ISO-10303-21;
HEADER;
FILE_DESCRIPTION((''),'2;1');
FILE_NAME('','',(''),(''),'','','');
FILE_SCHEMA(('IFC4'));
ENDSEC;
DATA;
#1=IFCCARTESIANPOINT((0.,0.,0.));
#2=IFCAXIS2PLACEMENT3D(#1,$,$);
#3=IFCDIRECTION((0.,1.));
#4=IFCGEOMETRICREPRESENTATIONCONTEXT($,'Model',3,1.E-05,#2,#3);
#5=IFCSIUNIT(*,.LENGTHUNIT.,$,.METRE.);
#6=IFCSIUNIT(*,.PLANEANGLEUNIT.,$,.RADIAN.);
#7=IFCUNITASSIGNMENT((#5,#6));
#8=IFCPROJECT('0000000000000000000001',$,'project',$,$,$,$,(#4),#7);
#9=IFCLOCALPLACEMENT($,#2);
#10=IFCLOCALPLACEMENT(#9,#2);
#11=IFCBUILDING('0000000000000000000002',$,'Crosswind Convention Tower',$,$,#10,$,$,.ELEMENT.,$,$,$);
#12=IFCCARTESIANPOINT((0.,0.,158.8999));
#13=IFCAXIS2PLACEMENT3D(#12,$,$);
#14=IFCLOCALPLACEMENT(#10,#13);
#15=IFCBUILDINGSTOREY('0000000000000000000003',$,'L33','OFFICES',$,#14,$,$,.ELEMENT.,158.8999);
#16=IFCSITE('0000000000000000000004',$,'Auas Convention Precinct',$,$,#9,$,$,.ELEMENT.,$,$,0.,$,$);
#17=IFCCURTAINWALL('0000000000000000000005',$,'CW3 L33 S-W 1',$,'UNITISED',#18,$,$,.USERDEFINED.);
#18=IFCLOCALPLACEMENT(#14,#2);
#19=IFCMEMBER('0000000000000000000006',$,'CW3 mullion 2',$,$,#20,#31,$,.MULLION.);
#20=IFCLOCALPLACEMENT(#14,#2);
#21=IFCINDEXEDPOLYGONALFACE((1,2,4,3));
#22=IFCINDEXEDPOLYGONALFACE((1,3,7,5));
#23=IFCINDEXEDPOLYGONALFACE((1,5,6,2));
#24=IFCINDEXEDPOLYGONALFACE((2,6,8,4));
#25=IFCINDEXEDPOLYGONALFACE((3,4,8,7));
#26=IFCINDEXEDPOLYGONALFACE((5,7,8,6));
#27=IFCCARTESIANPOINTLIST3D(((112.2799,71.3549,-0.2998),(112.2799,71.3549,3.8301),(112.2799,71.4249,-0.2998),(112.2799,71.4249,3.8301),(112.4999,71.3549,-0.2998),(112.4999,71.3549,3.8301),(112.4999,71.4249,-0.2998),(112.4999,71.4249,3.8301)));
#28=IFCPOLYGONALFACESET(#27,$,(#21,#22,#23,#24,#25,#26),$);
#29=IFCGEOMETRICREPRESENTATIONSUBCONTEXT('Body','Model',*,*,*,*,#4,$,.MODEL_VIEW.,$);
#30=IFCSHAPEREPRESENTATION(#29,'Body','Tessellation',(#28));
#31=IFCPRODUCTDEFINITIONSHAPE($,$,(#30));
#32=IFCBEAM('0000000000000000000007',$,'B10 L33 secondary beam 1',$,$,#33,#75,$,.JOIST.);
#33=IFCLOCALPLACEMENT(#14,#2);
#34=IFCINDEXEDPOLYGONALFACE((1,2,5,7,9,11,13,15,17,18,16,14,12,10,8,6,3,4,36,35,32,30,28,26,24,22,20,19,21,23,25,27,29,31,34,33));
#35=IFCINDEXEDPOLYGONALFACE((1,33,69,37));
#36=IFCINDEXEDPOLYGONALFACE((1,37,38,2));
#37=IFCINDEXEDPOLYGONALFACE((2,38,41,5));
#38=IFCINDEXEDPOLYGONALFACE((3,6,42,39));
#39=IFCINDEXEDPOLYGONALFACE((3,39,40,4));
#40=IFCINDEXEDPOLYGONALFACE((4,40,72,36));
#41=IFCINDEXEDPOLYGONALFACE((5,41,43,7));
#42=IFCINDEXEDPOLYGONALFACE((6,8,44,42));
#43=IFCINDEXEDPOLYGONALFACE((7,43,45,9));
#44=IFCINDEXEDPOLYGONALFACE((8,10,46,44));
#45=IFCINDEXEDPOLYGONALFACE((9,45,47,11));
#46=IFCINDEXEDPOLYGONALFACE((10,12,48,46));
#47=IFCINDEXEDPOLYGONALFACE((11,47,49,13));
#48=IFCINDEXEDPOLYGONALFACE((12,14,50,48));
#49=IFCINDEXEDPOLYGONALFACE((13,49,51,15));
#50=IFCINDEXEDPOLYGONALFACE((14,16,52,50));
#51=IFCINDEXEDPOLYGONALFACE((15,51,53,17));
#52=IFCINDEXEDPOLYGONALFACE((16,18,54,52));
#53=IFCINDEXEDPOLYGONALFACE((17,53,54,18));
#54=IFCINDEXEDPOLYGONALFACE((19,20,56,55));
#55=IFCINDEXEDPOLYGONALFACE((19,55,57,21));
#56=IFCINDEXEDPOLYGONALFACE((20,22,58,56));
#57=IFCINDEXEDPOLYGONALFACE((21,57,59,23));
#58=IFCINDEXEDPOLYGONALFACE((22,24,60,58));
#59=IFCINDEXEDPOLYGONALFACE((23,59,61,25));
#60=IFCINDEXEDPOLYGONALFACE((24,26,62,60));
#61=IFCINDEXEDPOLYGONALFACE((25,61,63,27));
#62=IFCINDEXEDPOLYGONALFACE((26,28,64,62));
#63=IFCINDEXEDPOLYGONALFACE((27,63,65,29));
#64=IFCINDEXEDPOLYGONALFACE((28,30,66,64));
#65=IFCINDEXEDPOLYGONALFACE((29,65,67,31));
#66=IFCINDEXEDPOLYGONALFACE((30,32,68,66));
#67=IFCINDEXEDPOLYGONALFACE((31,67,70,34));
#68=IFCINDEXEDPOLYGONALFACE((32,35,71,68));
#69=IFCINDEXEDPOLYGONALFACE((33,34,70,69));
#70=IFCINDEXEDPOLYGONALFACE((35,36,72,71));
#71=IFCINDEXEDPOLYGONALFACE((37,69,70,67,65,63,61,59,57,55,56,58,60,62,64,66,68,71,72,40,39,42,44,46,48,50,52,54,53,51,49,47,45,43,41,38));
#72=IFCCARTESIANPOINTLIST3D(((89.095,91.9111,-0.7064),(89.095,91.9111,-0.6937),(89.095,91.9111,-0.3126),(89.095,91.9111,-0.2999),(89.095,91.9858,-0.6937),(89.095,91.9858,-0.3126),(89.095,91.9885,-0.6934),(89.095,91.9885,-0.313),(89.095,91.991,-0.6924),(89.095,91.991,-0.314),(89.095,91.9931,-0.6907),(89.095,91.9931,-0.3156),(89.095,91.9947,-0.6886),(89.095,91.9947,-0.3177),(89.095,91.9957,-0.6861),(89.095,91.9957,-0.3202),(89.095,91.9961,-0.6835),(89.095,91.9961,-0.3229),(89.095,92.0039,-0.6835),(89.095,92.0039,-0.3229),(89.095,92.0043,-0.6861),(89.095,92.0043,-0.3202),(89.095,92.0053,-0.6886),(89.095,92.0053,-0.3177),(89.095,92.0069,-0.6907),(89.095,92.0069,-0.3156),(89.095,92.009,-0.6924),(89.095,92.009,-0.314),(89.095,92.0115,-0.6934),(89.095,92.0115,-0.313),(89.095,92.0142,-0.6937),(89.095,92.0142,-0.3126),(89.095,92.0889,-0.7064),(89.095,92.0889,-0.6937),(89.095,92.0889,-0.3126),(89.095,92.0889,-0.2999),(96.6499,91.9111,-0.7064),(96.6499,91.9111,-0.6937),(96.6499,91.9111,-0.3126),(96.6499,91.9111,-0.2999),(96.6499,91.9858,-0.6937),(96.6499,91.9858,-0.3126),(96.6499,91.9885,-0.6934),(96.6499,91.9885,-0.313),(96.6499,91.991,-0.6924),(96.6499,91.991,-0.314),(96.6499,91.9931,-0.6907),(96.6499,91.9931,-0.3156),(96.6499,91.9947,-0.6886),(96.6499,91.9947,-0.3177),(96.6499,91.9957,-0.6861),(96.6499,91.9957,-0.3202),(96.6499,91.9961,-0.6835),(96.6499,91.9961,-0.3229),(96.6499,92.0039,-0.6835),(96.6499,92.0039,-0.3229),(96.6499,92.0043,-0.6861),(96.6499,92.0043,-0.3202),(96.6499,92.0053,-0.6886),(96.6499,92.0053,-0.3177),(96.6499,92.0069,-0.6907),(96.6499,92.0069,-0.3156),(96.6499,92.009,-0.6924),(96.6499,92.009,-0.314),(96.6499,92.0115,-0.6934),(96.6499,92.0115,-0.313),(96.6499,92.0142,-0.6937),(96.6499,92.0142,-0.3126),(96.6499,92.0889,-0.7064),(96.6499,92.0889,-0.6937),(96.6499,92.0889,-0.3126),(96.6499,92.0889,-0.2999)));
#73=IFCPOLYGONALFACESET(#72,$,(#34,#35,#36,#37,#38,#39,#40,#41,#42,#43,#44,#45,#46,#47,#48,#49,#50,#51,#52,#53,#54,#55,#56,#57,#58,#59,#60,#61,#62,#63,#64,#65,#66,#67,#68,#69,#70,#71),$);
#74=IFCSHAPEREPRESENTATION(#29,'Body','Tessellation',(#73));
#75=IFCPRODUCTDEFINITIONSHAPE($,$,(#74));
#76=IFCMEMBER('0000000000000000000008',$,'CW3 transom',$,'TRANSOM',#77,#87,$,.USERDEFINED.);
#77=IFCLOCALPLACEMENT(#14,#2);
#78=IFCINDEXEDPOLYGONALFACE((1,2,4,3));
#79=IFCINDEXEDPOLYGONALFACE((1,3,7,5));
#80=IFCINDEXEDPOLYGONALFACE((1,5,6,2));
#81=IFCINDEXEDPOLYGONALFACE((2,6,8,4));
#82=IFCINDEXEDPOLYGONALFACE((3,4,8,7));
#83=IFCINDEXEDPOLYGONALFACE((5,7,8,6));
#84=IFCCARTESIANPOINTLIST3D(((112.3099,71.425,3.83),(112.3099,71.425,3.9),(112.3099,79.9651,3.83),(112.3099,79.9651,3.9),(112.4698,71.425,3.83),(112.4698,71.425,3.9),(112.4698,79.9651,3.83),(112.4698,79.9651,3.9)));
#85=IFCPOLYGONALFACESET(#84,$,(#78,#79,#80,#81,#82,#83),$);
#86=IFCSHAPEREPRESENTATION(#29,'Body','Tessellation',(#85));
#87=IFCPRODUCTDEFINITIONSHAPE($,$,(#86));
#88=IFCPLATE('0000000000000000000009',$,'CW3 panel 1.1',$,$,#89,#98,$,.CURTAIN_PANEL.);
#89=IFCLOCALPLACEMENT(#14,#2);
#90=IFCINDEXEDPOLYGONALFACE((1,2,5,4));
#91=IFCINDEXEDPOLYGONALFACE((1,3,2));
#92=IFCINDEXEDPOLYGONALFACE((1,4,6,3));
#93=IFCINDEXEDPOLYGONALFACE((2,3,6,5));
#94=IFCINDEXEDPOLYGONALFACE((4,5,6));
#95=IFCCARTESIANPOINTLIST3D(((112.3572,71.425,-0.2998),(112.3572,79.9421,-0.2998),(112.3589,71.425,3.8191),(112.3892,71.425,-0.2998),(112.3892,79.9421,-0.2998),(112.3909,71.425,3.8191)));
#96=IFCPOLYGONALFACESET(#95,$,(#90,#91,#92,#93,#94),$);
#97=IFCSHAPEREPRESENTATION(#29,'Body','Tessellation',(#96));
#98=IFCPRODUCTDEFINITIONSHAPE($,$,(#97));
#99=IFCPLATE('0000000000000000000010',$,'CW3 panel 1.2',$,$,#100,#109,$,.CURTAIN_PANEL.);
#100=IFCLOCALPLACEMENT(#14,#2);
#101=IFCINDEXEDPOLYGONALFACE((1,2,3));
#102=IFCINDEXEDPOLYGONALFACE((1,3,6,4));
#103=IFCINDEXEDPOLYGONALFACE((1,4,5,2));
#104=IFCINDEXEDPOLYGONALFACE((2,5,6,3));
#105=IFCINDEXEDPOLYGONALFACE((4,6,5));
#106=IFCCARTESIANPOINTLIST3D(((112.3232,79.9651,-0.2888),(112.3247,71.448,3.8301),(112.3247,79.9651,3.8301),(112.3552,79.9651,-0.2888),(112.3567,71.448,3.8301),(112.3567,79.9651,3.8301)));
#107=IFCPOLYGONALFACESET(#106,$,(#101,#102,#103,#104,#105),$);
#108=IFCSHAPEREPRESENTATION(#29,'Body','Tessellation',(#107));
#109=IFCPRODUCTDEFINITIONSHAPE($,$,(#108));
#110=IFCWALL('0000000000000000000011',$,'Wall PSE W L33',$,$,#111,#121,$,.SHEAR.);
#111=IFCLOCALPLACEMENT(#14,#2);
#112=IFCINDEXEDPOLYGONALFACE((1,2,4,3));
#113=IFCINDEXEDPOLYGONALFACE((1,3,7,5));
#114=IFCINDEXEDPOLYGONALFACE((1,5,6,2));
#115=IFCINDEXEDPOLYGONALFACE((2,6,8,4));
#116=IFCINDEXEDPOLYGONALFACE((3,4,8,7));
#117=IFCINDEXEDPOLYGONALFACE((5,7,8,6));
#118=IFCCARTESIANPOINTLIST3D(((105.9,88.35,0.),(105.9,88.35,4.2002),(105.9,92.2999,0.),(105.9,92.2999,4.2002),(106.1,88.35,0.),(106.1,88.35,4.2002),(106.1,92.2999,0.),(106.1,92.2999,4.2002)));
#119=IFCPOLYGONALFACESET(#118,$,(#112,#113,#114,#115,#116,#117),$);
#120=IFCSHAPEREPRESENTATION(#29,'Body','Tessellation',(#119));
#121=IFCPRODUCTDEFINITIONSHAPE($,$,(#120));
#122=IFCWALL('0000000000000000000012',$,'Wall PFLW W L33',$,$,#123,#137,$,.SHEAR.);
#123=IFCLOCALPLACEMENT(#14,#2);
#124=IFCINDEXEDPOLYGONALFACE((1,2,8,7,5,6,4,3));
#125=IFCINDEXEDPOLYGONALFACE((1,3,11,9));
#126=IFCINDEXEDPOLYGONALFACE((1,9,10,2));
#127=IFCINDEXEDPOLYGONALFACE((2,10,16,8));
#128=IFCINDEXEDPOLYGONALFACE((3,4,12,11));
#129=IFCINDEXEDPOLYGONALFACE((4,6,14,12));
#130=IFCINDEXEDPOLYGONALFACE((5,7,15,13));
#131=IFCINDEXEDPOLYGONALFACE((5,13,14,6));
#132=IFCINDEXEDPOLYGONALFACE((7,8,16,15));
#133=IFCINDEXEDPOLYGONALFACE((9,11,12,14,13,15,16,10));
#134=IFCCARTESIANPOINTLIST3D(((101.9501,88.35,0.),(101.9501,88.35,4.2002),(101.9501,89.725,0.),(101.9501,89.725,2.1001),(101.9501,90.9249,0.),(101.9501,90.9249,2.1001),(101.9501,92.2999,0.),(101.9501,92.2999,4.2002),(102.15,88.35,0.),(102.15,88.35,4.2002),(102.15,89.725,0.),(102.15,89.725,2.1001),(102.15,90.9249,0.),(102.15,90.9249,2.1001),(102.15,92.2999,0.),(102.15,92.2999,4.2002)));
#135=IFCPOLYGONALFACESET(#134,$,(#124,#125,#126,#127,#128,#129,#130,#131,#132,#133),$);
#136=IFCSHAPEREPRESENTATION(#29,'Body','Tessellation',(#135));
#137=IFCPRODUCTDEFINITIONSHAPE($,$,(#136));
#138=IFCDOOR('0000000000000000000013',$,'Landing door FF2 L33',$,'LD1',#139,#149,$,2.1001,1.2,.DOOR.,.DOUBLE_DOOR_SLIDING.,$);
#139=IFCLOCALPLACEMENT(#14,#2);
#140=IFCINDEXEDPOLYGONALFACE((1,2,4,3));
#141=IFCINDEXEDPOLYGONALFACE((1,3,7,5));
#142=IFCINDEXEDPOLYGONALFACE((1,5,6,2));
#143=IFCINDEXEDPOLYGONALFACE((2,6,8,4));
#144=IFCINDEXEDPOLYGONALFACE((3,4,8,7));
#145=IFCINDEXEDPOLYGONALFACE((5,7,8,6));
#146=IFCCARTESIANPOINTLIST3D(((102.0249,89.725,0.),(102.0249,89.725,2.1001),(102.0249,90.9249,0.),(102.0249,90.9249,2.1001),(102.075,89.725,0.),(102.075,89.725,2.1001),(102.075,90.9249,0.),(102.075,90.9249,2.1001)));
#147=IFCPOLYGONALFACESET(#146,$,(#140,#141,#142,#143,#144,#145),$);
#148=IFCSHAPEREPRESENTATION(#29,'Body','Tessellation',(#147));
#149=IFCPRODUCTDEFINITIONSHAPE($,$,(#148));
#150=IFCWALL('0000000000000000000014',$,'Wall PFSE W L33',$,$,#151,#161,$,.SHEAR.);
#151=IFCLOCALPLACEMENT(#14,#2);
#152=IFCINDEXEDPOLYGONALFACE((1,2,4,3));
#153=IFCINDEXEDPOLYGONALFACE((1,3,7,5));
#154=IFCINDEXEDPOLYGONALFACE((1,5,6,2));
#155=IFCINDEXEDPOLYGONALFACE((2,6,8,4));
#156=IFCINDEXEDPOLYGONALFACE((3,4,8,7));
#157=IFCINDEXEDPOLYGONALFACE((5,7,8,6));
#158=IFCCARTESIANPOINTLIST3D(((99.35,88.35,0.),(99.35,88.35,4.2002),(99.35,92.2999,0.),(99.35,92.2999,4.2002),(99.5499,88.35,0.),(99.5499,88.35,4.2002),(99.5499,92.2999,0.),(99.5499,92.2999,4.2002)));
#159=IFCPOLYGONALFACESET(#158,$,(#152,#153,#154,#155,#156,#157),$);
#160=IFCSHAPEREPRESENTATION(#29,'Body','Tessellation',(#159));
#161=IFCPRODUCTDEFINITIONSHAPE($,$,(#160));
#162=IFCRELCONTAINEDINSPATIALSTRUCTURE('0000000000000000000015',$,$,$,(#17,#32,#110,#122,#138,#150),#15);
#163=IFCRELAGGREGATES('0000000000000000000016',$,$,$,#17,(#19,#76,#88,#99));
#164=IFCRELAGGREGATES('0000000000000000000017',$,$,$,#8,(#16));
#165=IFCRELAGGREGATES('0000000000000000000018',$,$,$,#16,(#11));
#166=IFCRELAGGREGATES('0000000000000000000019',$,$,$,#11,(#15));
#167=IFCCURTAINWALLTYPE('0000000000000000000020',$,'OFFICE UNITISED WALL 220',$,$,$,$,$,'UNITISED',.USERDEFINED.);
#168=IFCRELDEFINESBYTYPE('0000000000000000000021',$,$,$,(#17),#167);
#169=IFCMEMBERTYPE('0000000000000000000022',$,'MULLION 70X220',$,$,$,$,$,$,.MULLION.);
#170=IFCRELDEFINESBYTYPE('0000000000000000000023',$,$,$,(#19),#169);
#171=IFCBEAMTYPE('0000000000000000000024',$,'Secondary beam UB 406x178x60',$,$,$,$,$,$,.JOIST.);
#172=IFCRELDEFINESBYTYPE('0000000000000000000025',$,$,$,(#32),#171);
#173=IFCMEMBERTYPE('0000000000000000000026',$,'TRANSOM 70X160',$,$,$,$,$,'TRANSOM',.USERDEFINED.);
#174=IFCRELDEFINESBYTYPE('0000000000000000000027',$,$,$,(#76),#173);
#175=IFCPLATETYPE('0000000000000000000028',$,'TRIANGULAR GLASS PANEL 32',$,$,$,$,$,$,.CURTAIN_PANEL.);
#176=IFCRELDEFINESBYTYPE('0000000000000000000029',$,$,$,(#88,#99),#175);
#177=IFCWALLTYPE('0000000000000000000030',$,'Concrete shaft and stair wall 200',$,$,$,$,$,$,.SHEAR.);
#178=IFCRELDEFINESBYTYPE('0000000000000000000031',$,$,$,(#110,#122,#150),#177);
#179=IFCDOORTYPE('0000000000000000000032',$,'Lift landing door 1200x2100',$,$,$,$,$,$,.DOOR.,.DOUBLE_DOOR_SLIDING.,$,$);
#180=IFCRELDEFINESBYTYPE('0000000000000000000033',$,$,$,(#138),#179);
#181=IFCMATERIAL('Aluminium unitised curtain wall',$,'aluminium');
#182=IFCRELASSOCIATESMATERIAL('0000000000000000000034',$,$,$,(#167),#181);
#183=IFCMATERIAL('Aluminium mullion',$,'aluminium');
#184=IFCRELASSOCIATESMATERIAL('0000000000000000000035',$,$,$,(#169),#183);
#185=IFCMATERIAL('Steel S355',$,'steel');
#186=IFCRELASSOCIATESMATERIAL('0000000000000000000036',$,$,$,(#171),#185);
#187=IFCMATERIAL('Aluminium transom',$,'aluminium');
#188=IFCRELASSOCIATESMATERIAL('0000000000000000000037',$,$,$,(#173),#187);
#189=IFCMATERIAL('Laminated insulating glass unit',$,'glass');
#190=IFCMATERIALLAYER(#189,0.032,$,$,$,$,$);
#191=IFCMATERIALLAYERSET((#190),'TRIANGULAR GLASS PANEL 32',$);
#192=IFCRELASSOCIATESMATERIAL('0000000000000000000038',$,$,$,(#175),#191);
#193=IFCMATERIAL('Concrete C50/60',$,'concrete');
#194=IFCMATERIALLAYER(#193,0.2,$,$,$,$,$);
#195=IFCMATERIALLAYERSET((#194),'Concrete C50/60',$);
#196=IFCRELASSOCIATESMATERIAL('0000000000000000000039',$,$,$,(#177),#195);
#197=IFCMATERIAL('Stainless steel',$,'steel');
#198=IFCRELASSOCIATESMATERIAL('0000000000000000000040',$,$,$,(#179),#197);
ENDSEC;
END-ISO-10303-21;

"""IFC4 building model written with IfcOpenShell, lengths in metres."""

from ifc_helpers import new_model, si_unit, direction, frame, frame_2d, origin, origin_2d, place, context, subcontext, project, spatial, polyline, rectangle, i_section, outline, extrude, material, layer, layer_set, material_profile, profile_set, type_object, element, fill, aggregate, save


model = new_model("IFC4")

# Units and contexts
model_context = context("Model", 3, precision=1e-05, world=origin(), true_north=direction((0.0, 1.0)))
body_context = subcontext(model_context, "Body", "Model", "MODEL_VIEW")
ifc_project = project(units=[si_unit("LENGTHUNIT", "METRE"), si_unit("PLANEANGLEUNIT", "RADIAN")], contexts=[model_context])

# Site, building, storey
site_placement = place(None, origin())
site = spatial("IfcSite", under=ifc_project, at=site_placement, Name="Auas Convention Precinct", CompositionType="ELEMENT", RefElevation=0.0)
building_placement = place(site_placement, origin())
building = spatial("IfcBuilding", under=site, at=building_placement, Name="Crosswind Convention Tower", CompositionType="ELEMENT")
storey_placement = place(building_placement, frame((0.0, 0.0, 158.8999)))
storey = spatial("IfcBuildingStorey", under=building, at=storey_placement, Name="L33", Description="OFFICES", CompositionType="ELEMENT", Elevation=158.8999)

# Shared definitions
ifc_material_1 = material(Name="Steel S355", Category="steel")

# Shared definitions
ifc_material_2 = material(Name="Aluminium unitised curtain wall", Category="aluminium")
ifc_material_3 = material(Name="Aluminium mullion", Category="aluminium")

# Curtain wall, member
curtain_wall_type_1 = type_object("IfcCurtainWallType", Name="OFFICE UNITISED WALL 220", ElementType="UNITISED", PredefinedType="USERDEFINED", material=ifc_material_2)
curtain_wall_1_placement = place(storey_placement, origin())
curtain_wall_1 = element("IfcCurtainWall", 1, at=curtain_wall_1_placement, inside=storey, type_object=curtain_wall_type_1, Name="CW3 L33 S-W 1", ObjectType="UNITISED", PredefinedType="USERDEFINED")
ifc_material_profile_1 = material_profile(ifc_material_3, rectangle(XDim=0.22, YDim=0.0701, at=origin_2d()), Name="AL 220X70")
ifc_profile_set_1 = profile_set([ifc_material_profile_1], Name="Aluminium mullion")
member_type_1 = type_object("IfcMemberType", Name="MULLION 70X220", PredefinedType="MULLION", material=ifc_profile_set_1)
member_1_placement = place(storey_placement, frame((112.3899, 71.3899, -0.2998), z_axis=(0.0, 0.0, 1.0), x_axis=(-1.0, 0.0, 0.0)))
member_1 = element("IfcMember", 2, at=member_1_placement, type_object=member_type_1, Name="CW3 mullion 2", PredefinedType="MULLION", context=body_context, shape_type="SweptSolid", body=[
    extrude(rectangle(XDim=0.22, YDim=0.0701, at=origin_2d()), origin(), (0.0, 0.0, 1.0), 4.1299),
])

# Beam
ifc_material_profile_2 = material_profile(ifc_material_1, i_section(OverallWidth=0.1777, OverallDepth=0.4065, WebThickness=0.0078, FlangeThickness=0.0127, FilletRadius=0.0103, at=origin_2d()), Name="UB 406x178x60")
ifc_profile_set_2 = profile_set([ifc_material_profile_2], Name="Steel S355")
beam_type_1 = type_object("IfcBeamType", Name="Secondary beam UB 406x178x60", PredefinedType="JOIST", material=ifc_profile_set_2)
beam_1_placement = place(storey_placement, frame((89.095, 92.0, -0.5032), z_axis=(1.0, 0.0, 0.0), x_axis=(0.0, 1.0, 0.0)))
element("IfcBeam", 3, at=beam_1_placement, inside=storey, type_object=beam_type_1, Name="B10 L33 secondary beam 1", PredefinedType="JOIST", context=body_context, shape_type="SweptSolid", body=[
    extrude(i_section(OverallWidth=0.1777, OverallDepth=0.4065, WebThickness=0.0078, FlangeThickness=0.0127, FilletRadius=0.0103, at=origin_2d()), origin(), (0.0, 0.0, 1.0), 7.5549),
])

# Member
ifc_material_4 = material(Name="Aluminium transom", Category="aluminium")
ifc_material_profile_3 = material_profile(ifc_material_4, rectangle(XDim=0.1599, YDim=0.0701, at=origin_2d()), Name="AL 160X70")
ifc_profile_set_3 = profile_set([ifc_material_profile_3], Name="Aluminium transom")
member_type_2 = type_object("IfcMemberType", Name="TRANSOM 70X160", ElementType="TRANSOM", PredefinedType="USERDEFINED", material=ifc_profile_set_3)
member_2_placement = place(storey_placement, frame((112.3899, 79.9651, 3.865), z_axis=(0.0, -1.0, 0.0), x_axis=(1.0, 0.0, 0.0)))
member_2 = element("IfcMember", 4, at=member_2_placement, type_object=member_type_2, Name="CW3 transom", ObjectType="TRANSOM", PredefinedType="USERDEFINED", context=body_context, shape_type="SweptSolid", body=[
    extrude(rectangle(XDim=0.1599, YDim=0.0701, at=origin_2d()), origin(), (0.0, 0.0, 1.0), 8.54),
])

# Plates
ifc_material_5 = material(Name="Laminated insulating glass unit", Category="glass")
ifc_layer_1 = layer(ifc_material_5, 0.032)
ifc_layer_set_1 = layer_set([ifc_layer_1], Name="TRIANGULAR GLASS PANEL 32")
plate_type = type_object("IfcPlateType", Name="TRIANGULAR GLASS PANEL 32", PredefinedType="CURTAIN_PANEL", material=ifc_layer_set_1)
plate_1_placement = place(storey_placement, frame((112.3572, 71.425, -0.2998), z_axis=(-1.0, 0.0, 0.000415), x_axis=(0.000415, 0.0, 1.0)))
plate_1 = element("IfcPlate", 5, at=plate_1_placement, type_object=plate_type, Name="CW3 panel 1.1", PredefinedType="CURTAIN_PANEL", context=body_context, shape_type="SweptSolid", body=[
    extrude(outline(polyline([(0.0, 0.0), (4.1189, 0.0), (0.0, 8.5171), (0.0, 0.0)])), origin(), (0.0, 0.0, -1.0), 0.032),
])
plate_2_placement = place(storey_placement, frame((112.3247, 79.9651, 3.8301), z_axis=(-1.0, 0.0, 0.000356), x_axis=(-0.000356, 0.0, -1.0)))
plate_2 = element("IfcPlate", 6, at=plate_2_placement, type_object=plate_type, Name="CW3 panel 1.2", PredefinedType="CURTAIN_PANEL", context=body_context, shape_type="SweptSolid", body=[
    extrude(outline(polyline([(0.0, 0.0), (4.1189, 0.0), (0.0, 8.5171), (0.0, 0.0)])), origin(), (0.0, 0.0, -1.0), 0.032),
])

# Wall
ifc_material_6 = material(Name="Concrete C50/60", Category="concrete")
ifc_layer_2 = layer(ifc_material_6, 0.2)
ifc_layer_set_2 = layer_set([ifc_layer_2], Name="Concrete C50/60")
wall_type_1 = type_object("IfcWallType", Name="Concrete shaft and stair wall 200", PredefinedType="SHEAR", material=ifc_layer_set_2)
wall_1_placement = place(storey_placement, frame((106.0, 92.3, 0.0), z_axis=(0.0, 0.0, 1.0), x_axis=(0.0, -1.0, 0.0)))
element("IfcWall", 7, at=wall_1_placement, inside=storey, type_object=wall_type_1, Name="Wall PSE W L33", PredefinedType="SHEAR", context=body_context, shape_type="SweptSolid", body=[
    extrude(rectangle(XDim=3.95, YDim=0.2, at=frame_2d((1.9751, 0.0))), origin(), (0.0, 0.0, 1.0), 4.2002),
])

# Wall, opening, door
wall_2_placement = place(storey_placement, frame((102.05, 92.3, 0.0), z_axis=(0.0, 0.0, 1.0), x_axis=(0.0, -1.0, 0.0)))
wall_2 = element("IfcWall", 8, at=wall_2_placement, inside=storey, type_object=wall_type_1, Name="Wall PFLW W L33", PredefinedType="SHEAR", context=body_context, shape_type="SweptSolid", body=[
    extrude(rectangle(XDim=3.95, YDim=0.2, at=frame_2d((1.9751, 0.0))), origin(), (0.0, 0.0, 1.0), 4.2002),
])
opening_1_placement = place(wall_2_placement, frame((1.375, 0.0, 0.0)))
opening_1 = element("IfcOpeningElement", 9, at=opening_1_placement, cuts=wall_2, PredefinedType="OPENING", context=body_context, shape_type="SweptSolid", body=[
    extrude(rectangle(XDim=1.2, YDim=2.1001, at=frame_2d((0.6001, 1.05))), frame((0.0, 0.1099, 0.0), z_axis=(0.0, -1.0, 0.0), x_axis=(1.0, 0.0, 0.0)), (0.0, 0.0, 1.0), 0.22),
])
ifc_material_7 = material(Name="Stainless steel", Category="steel")
door_type_1 = type_object("IfcDoorType", Name="Lift landing door 1200x2100", OperationType="DOUBLE_DOOR_SLIDING", PredefinedType="DOOR", material=ifc_material_7)
door_1_placement = place(opening_1_placement, origin())
door_1 = element("IfcDoor", 10, at=door_1_placement, inside=storey, type_object=door_type_1, Name="Landing door FF2 L33", ObjectType="LD1", OperationType="DOUBLE_DOOR_SLIDING", OverallHeight=2.1001, OverallWidth=1.2, PredefinedType="DOOR", context=body_context, shape_type="SweptSolid", body=[
    extrude(rectangle(XDim=1.2, YDim=2.1001, at=frame_2d((0.6001, 1.05))), frame((0.0, 0.0249, 0.0), z_axis=(0.0, -1.0, 0.0), x_axis=(1.0, 0.0, 0.0)), (0.0, 0.0, 1.0), 0.05),
])
fill(opening_1, door_1)

# Wall
wall_3_placement = place(storey_placement, frame((99.45, 92.3, 0.0), z_axis=(0.0, 0.0, 1.0), x_axis=(0.0, -1.0, 0.0)))
element("IfcWall", 11, at=wall_3_placement, inside=storey, type_object=wall_type_1, Name="Wall PFSE W L33", PredefinedType="SHEAR", context=body_context, shape_type="SweptSolid", body=[
    extrude(rectangle(XDim=3.95, YDim=0.2, at=frame_2d((1.9751, 0.0))), origin(), (0.0, 0.0, 1.0), 4.2002),
])

aggregate(curtain_wall_1, [member_1, member_2, plate_1, plate_2])

save(model, "model.ifc")
